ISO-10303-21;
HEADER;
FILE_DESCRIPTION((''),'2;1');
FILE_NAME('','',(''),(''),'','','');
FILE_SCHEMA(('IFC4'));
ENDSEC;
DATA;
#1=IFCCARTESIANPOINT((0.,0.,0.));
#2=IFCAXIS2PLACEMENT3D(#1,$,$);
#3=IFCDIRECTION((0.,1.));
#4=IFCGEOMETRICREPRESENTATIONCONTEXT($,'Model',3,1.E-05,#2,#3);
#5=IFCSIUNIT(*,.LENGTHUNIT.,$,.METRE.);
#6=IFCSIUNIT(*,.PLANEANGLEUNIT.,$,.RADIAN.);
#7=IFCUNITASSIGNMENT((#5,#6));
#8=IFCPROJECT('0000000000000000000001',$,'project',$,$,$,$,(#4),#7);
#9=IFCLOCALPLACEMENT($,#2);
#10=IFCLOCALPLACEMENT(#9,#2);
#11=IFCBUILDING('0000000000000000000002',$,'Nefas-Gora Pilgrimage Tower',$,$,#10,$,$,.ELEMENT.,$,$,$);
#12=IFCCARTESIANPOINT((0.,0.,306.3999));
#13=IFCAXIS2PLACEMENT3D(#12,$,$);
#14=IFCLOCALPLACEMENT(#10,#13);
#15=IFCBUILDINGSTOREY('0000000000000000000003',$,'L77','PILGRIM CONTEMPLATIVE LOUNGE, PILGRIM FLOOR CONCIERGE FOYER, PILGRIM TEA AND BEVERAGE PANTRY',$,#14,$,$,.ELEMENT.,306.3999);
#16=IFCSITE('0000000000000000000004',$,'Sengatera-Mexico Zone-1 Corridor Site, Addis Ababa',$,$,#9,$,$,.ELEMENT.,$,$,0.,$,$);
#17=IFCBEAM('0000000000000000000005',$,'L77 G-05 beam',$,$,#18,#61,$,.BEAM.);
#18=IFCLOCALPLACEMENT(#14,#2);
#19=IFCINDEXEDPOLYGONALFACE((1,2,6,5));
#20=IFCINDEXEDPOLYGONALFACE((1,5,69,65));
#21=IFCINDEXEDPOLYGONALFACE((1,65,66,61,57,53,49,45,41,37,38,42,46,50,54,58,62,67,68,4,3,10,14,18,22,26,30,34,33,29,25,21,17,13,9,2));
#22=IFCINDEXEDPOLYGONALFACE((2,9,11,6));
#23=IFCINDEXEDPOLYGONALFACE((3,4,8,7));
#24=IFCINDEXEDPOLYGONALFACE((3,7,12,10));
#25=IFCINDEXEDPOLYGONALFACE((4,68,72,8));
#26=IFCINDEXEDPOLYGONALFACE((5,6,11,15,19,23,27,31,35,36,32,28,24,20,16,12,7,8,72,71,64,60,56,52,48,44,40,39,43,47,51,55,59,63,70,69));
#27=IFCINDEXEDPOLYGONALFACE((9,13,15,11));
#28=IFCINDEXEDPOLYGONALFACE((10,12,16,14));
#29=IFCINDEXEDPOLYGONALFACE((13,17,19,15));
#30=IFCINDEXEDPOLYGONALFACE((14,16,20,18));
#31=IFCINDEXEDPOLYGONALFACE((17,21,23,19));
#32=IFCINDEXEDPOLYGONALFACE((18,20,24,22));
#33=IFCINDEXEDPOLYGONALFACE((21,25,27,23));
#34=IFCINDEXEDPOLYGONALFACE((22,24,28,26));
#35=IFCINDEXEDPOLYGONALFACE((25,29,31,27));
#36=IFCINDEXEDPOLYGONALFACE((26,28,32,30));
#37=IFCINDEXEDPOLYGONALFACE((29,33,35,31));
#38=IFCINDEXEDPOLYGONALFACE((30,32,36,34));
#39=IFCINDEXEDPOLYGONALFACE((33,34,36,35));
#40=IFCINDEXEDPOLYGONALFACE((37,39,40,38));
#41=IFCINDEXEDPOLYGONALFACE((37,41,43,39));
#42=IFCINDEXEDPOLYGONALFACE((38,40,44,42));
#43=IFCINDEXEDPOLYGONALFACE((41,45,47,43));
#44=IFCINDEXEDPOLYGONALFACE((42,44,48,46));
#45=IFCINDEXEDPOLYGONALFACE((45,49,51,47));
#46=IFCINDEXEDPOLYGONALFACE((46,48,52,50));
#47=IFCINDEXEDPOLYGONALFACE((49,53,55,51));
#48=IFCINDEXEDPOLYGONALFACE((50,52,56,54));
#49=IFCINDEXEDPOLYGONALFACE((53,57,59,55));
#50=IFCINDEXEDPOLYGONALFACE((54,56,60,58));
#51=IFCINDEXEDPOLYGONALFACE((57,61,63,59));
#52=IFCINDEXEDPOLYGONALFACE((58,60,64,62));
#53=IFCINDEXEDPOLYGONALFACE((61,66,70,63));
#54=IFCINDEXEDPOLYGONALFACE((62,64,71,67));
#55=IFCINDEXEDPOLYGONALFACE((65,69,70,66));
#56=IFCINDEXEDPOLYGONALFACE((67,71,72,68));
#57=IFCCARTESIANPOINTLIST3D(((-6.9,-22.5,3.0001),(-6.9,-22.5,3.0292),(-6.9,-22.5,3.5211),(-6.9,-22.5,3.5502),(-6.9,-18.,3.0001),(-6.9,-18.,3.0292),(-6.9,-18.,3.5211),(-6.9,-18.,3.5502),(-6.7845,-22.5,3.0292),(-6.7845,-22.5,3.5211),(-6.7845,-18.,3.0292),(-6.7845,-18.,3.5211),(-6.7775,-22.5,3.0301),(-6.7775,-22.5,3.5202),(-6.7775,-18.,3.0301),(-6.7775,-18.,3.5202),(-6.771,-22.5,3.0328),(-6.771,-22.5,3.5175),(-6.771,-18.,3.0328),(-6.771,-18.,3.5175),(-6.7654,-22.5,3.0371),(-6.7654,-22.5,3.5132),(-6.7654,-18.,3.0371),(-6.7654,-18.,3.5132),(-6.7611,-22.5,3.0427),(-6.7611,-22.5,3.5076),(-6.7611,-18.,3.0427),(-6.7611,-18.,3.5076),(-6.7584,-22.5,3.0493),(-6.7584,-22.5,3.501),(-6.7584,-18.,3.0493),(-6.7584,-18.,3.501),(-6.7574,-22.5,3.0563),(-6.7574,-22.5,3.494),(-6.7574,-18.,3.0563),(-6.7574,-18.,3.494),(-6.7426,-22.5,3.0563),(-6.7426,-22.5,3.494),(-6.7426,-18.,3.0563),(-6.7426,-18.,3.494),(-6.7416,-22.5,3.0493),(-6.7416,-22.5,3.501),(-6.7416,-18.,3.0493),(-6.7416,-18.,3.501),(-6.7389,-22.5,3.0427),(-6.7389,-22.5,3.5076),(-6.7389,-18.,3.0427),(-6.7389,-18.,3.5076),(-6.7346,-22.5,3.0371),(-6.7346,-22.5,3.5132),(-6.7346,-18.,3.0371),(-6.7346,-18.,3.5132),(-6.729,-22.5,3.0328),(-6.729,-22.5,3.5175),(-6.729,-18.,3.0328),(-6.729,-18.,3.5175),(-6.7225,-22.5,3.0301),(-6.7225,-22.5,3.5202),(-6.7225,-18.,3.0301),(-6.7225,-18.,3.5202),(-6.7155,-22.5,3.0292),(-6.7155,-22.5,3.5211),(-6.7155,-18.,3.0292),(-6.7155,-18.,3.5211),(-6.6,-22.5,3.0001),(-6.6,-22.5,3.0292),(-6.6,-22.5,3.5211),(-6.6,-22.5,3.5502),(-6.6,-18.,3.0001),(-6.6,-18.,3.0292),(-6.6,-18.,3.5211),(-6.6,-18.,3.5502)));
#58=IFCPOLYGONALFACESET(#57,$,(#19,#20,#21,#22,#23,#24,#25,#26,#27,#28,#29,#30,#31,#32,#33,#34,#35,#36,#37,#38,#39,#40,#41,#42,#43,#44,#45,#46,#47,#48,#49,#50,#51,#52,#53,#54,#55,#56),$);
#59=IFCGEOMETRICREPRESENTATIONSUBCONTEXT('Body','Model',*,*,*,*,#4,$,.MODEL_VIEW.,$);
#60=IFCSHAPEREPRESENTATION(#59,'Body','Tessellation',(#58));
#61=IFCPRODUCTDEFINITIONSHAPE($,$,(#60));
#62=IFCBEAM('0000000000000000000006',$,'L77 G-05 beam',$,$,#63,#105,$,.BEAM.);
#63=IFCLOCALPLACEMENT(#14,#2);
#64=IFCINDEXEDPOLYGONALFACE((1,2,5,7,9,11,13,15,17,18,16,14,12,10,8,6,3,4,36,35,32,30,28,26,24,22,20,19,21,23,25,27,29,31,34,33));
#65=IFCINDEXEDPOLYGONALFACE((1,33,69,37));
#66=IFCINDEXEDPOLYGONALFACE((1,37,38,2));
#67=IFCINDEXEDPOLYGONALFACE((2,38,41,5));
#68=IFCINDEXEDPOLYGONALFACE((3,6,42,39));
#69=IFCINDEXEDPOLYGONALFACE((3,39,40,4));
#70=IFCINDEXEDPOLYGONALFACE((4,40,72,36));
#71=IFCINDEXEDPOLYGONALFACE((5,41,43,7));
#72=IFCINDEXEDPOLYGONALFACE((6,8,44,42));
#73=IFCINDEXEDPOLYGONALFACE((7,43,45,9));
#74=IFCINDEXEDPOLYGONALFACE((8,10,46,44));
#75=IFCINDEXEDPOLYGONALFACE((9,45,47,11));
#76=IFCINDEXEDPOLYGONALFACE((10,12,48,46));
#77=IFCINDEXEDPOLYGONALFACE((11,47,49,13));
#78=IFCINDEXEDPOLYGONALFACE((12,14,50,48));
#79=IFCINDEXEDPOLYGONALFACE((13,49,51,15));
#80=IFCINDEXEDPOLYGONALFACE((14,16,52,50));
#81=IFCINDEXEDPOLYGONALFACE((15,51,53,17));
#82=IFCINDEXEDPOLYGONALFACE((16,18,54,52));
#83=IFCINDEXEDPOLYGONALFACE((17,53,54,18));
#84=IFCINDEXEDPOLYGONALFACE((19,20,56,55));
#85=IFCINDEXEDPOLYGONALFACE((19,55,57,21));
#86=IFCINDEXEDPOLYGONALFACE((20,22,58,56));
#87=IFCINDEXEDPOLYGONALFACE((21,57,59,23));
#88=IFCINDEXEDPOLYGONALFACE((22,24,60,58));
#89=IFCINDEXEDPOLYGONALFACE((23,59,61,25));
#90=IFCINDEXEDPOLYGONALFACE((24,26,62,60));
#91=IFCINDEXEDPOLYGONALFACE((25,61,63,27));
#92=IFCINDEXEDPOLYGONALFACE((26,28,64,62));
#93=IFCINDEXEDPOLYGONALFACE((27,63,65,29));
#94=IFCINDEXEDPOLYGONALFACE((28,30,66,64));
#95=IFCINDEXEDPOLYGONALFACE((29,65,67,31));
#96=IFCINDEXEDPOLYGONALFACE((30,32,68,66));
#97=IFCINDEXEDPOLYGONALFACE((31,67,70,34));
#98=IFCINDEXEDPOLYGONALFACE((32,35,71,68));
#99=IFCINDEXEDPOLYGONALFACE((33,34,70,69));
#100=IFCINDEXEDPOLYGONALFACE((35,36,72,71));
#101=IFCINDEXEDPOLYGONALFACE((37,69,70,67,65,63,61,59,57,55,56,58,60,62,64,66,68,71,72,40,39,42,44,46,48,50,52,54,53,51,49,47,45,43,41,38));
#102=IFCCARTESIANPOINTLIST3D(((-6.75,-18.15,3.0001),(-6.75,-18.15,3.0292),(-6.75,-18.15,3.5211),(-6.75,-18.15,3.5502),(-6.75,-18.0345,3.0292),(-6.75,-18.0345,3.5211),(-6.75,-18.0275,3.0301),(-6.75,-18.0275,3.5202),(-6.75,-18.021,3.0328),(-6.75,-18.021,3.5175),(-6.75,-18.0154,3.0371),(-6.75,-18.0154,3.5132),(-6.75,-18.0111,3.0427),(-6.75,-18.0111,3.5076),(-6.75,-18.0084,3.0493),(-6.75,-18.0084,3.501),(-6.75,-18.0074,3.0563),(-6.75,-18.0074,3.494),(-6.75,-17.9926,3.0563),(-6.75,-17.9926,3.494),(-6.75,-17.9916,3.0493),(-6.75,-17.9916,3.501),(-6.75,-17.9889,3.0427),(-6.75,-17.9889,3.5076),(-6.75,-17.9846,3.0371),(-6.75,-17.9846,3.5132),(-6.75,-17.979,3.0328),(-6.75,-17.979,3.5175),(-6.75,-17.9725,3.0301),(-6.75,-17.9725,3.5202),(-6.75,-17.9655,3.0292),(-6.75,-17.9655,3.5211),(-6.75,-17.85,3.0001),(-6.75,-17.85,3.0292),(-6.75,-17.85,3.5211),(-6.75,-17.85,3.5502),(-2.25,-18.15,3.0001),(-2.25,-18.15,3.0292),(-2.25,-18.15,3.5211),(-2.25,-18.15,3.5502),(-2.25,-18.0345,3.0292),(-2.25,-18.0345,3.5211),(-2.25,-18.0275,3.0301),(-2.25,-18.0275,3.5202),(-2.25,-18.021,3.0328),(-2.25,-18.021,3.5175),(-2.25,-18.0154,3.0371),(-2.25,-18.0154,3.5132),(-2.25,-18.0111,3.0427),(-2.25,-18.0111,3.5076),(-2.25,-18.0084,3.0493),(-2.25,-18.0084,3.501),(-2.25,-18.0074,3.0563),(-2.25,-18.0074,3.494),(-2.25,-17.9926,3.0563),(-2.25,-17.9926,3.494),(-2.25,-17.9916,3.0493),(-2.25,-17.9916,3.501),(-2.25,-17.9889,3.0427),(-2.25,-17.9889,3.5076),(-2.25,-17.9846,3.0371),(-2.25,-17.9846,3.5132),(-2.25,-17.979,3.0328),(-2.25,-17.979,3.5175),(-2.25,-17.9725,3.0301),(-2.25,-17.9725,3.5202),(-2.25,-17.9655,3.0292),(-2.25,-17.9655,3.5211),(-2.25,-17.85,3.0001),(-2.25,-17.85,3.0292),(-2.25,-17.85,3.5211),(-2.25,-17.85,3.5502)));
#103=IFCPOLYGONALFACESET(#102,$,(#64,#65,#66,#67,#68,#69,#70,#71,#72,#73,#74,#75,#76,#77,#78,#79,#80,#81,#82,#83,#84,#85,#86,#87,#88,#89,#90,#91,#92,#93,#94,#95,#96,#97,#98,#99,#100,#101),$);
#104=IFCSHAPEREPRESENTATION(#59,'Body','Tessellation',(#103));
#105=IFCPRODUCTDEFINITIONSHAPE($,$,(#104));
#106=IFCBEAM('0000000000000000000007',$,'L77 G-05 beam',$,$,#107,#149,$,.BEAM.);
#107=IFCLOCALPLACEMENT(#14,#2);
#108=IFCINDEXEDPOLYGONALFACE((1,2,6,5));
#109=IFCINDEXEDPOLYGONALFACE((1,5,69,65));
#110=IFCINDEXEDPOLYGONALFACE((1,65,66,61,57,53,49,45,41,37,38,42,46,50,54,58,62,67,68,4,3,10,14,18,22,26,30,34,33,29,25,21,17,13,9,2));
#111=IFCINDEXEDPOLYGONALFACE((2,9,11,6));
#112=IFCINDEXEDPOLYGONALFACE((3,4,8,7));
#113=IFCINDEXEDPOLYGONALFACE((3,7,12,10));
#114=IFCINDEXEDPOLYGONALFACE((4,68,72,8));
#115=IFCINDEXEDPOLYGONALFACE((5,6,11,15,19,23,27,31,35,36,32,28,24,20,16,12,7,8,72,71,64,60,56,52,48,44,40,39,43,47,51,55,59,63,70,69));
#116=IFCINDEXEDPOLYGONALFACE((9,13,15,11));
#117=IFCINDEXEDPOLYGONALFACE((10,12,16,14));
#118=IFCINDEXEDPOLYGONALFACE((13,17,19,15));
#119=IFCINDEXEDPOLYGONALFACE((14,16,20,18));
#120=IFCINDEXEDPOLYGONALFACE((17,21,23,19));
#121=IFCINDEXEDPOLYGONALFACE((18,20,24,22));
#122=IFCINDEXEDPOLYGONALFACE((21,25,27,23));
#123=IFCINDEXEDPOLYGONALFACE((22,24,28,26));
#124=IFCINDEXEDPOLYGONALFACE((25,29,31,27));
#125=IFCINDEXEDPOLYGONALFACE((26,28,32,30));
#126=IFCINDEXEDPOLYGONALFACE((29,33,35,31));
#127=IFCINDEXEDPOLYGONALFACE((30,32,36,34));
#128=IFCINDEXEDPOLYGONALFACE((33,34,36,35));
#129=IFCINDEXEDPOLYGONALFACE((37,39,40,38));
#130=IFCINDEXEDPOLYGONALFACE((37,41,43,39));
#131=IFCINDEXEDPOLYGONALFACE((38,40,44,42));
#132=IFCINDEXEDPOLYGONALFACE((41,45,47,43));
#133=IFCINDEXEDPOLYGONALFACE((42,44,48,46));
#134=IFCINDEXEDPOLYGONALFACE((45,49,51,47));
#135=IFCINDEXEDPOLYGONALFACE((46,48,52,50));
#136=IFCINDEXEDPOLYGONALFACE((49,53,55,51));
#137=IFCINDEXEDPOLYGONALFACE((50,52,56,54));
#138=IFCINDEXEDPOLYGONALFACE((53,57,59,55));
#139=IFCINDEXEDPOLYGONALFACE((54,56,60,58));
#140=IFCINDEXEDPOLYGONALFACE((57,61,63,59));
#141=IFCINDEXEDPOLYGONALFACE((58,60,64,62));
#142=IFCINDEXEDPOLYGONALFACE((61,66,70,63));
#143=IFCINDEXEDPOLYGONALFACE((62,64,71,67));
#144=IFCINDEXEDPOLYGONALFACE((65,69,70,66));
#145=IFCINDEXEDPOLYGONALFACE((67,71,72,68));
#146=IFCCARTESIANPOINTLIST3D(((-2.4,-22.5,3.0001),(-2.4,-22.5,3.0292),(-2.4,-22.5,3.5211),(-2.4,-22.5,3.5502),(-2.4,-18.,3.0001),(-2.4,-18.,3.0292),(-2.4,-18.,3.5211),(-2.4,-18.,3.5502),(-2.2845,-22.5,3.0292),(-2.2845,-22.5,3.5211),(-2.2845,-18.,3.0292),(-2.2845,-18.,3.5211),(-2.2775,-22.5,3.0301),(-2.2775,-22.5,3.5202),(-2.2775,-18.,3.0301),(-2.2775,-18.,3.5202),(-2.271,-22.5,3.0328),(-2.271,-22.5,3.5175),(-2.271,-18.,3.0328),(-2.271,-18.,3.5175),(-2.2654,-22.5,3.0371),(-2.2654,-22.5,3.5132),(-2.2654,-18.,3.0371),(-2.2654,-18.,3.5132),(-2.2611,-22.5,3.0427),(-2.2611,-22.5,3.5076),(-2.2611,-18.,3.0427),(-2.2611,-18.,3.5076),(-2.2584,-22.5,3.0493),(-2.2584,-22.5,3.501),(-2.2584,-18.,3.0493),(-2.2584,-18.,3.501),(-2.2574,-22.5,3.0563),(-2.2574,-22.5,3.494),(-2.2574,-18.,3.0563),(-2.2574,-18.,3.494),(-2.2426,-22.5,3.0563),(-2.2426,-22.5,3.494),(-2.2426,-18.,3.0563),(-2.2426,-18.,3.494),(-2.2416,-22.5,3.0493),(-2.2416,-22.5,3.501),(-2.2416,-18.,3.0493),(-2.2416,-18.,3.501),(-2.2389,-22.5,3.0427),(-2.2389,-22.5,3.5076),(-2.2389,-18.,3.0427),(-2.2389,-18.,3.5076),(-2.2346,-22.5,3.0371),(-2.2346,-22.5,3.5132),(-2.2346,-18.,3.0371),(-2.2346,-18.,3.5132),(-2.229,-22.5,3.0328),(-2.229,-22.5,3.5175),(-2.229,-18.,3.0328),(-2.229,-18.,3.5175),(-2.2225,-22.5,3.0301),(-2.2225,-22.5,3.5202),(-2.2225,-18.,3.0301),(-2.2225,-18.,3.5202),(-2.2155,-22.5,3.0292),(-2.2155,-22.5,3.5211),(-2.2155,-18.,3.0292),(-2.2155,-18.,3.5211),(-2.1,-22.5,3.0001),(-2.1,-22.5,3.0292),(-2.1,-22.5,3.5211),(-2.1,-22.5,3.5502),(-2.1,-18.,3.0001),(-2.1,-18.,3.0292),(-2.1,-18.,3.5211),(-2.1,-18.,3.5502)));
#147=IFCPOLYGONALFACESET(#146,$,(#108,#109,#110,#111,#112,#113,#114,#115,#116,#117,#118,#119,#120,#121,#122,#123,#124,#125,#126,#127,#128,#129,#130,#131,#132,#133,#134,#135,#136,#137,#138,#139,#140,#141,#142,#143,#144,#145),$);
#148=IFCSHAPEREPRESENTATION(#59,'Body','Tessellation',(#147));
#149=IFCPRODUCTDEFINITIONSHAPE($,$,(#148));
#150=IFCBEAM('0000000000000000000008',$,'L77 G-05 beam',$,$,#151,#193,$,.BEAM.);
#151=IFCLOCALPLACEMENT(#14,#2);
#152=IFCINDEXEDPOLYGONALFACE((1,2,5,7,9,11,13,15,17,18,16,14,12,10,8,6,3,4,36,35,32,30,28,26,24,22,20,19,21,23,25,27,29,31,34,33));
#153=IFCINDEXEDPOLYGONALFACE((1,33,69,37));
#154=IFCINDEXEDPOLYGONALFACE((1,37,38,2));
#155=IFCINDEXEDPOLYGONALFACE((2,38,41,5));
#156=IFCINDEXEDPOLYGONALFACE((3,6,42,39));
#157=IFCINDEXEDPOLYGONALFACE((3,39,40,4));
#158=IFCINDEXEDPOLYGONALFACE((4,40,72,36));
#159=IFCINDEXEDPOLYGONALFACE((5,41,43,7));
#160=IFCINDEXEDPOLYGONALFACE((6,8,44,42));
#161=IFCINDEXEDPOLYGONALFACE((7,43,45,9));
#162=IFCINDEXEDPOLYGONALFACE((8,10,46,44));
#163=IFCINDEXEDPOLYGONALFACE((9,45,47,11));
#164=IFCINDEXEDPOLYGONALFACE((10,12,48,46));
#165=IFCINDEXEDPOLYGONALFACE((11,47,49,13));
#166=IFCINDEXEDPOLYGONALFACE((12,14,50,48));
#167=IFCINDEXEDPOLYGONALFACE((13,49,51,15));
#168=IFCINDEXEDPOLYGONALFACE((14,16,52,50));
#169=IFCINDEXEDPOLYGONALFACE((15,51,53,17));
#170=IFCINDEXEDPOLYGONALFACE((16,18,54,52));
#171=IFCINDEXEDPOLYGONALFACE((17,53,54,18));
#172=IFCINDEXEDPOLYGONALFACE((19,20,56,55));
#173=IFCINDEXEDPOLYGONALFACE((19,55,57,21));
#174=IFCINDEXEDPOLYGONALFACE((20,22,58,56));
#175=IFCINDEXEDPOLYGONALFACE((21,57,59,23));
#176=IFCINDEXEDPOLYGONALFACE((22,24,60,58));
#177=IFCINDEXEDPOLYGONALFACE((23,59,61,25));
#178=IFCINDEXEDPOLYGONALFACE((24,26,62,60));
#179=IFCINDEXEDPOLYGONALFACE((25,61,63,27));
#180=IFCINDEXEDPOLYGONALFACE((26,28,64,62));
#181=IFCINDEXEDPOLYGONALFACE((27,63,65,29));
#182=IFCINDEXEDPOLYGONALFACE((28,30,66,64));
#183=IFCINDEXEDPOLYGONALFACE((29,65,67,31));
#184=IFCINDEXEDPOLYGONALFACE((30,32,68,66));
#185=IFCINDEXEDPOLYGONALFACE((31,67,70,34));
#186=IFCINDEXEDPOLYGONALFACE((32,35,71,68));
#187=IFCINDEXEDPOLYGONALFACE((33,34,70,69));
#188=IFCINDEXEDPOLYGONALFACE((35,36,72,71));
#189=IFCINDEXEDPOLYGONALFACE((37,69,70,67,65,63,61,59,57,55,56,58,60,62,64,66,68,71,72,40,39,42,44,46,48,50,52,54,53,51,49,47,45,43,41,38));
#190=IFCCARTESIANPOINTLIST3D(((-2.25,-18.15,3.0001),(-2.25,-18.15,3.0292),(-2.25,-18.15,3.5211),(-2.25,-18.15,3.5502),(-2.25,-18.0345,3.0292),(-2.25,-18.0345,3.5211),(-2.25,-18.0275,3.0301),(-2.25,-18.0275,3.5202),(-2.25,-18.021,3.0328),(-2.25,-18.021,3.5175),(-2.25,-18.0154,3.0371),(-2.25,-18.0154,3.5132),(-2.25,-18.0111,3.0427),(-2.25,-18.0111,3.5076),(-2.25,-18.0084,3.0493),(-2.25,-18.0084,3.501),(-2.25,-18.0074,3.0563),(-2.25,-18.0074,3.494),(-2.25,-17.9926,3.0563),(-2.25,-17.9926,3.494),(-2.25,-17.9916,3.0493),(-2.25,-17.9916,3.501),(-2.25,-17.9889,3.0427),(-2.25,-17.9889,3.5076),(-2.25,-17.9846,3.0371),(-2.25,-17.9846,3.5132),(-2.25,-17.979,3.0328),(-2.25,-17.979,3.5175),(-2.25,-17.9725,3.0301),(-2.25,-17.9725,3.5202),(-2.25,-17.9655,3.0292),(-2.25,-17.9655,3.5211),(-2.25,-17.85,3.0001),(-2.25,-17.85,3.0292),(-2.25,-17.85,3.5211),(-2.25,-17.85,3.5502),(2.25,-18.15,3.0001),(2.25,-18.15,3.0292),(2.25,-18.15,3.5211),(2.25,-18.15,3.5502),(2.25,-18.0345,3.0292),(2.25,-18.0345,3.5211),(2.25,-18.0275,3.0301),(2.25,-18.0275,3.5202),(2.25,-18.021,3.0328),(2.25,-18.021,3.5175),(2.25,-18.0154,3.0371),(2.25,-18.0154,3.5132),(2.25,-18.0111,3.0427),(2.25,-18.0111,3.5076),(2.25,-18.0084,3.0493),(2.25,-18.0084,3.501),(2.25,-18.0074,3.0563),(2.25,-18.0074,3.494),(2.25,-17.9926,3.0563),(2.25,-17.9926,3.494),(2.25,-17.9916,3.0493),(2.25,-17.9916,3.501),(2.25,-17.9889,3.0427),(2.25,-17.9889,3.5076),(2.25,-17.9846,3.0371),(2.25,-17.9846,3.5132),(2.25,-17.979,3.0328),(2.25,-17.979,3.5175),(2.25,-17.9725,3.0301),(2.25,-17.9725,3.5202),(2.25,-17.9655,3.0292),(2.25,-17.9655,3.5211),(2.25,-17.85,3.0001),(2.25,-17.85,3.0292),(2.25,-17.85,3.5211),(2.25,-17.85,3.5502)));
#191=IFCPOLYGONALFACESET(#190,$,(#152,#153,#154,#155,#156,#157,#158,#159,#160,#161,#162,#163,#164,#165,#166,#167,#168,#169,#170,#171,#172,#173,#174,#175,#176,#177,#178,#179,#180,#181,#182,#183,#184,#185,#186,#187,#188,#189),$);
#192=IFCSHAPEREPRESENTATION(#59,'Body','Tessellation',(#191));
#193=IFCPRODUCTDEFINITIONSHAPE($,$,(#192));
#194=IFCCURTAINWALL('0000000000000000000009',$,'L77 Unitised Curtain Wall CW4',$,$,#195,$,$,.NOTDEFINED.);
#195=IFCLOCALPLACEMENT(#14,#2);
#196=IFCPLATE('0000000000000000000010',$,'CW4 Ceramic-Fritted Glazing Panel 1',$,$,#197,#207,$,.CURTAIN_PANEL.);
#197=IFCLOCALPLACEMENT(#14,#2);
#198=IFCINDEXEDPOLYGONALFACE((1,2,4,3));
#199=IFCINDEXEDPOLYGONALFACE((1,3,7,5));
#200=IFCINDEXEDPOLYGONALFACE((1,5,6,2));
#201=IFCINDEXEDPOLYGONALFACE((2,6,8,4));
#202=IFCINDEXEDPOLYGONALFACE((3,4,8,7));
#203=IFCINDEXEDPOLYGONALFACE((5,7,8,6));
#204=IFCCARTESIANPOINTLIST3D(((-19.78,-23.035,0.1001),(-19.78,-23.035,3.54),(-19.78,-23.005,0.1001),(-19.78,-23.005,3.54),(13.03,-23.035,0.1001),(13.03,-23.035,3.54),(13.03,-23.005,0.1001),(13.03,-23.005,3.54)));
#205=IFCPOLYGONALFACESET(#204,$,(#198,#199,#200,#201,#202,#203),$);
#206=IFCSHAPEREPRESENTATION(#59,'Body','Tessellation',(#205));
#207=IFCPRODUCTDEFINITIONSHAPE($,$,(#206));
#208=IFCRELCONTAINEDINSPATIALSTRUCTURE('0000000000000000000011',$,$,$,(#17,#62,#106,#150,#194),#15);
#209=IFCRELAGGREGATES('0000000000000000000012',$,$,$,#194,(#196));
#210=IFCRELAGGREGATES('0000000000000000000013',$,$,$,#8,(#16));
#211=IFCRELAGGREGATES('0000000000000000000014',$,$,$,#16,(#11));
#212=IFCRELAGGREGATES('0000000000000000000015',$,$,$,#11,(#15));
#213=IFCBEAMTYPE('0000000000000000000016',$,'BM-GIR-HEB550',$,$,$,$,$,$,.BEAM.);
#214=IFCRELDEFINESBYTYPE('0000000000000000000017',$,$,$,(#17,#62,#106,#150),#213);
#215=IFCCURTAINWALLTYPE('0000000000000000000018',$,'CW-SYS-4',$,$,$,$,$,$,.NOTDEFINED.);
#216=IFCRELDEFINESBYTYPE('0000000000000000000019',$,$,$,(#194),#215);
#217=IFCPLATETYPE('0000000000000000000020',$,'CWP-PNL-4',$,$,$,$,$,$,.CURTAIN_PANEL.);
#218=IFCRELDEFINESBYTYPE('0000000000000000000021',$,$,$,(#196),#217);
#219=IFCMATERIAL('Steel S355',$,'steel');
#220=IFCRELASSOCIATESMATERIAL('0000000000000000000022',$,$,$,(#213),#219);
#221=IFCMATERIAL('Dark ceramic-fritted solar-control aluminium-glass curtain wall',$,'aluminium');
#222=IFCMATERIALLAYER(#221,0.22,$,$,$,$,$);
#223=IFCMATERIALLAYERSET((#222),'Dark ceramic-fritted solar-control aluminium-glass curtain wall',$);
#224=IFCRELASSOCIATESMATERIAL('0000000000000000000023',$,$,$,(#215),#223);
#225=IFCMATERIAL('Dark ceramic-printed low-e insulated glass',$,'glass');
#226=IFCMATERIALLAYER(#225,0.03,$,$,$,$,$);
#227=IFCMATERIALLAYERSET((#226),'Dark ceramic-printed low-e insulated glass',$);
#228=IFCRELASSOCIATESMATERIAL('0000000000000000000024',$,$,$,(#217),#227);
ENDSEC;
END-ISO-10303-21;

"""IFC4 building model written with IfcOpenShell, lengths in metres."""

from ifc_helpers import new_model, si_unit, direction, frame, origin, origin_2d, place, context, subcontext, project, spatial, rectangle, i_section, extrude, source, transform, mapped, material, layer, layer_set, material_profile, profile_set, type_object, element, aggregate, save


model = new_model("IFC4")

# Units and contexts
model_context = context("Model", 3, precision=1e-05, world=origin(), true_north=direction((0.0, 1.0)))
body_context = subcontext(model_context, "Body", "Model", "MODEL_VIEW")
ifc_project = project(units=[si_unit("LENGTHUNIT", "METRE"), si_unit("PLANEANGLEUNIT", "RADIAN")], contexts=[model_context])

# Site, building, storey
site_placement = place(None, origin())
site = spatial("IfcSite", under=ifc_project, at=site_placement, Name="Sengatera-Mexico Zone-1 Corridor Site, Addis Ababa", CompositionType="ELEMENT", RefElevation=0.0)
building_placement = place(site_placement, origin())
building = spatial("IfcBuilding", under=site, at=building_placement, Name="Nefas-Gora Pilgrimage Tower", CompositionType="ELEMENT")
storey_placement = place(building_placement, frame((0.0, 0.0, 306.3999)))
storey = spatial("IfcBuildingStorey", under=building, at=storey_placement, Name="L77", Description="PILGRIM CONTEMPLATIVE LOUNGE, PILGRIM FLOOR CONCIERGE FOYER, PILGRIM TEA AND BEVERAGE PANTRY", CompositionType="ELEMENT", Elevation=306.3999)

# Shared definitions
ifc_material_1 = material(Name="Steel S355", Category="steel")

# Beams
ifc_material_profile_1 = material_profile(ifc_material_1, i_section(OverallWidth=0.3, OverallDepth=0.55, WebThickness=0.0149, FlangeThickness=0.0291, FilletRadius=0.0271, at=origin_2d()), Name="HEB 550")
ifc_profile_set_1 = profile_set([ifc_material_profile_1], Name="Steel S355")
beam_type_1 = type_object("IfcBeamType", Name="BM-GIR-HEB550", PredefinedType="BEAM", material=ifc_profile_set_1)
shared_shape_1 = source(origin(), body_context, "Body", "SweptSolid", [
    extrude(i_section(OverallWidth=0.3, OverallDepth=0.55, WebThickness=0.0149, FlangeThickness=0.0291, FilletRadius=0.0271, at=origin_2d()), origin(), (0.0, 0.0, 1.0), 4.5),
])
for number, where, z_axis, x_axis, name in (
    (1, (-6.75, -22.5, 3.2751), (0.0, 1.0, 0.0), (-1.0, 0.0, 0.0), "L77 G-05 beam"),
    (2, (-6.75, -18.0, 3.2751), (1.0, 0.0, 0.0), (0.0, 1.0, 0.0), "L77 G-05 beam"),
    (3, (-2.25, -22.5, 3.2751), (0.0, 1.0, 0.0), (-1.0, 0.0, 0.0), "L77 G-05 beam"),
    (4, (-2.25, -18.0, 3.2751), (1.0, 0.0, 0.0), (0.0, 1.0, 0.0), "L77 G-05 beam"),
):
    element("IfcBeam", number, at=place(storey_placement, frame(where, z_axis=z_axis, x_axis=x_axis)), inside=storey, type_object=beam_type_1, Name=name, PredefinedType="BEAM", context=body_context, shape_type="MappedRepresentation", body=[
        mapped(shared_shape_1, transform((0.0, 0.0, 0.0), x_axis=(1.0, 0.0, 0.0), y_axis=(0.0, 1.0, 0.0), z_axis=(0.0, 0.0, 1.0), scale=1.0)),
    ])

# Curtain wall, plate
ifc_material_2 = material(Name="Dark ceramic-fritted solar-control aluminium-glass curtain wall", Category="aluminium")
ifc_layer_1 = layer(ifc_material_2, 0.22)
ifc_layer_set_1 = layer_set([ifc_layer_1], Name="Dark ceramic-fritted solar-control aluminium-glass curtain wall")
curtain_wall_type = type_object("IfcCurtainWallType", Name="CW-SYS-4", PredefinedType="NOTDEFINED", material=ifc_layer_set_1)
curtain_wall_placement = place(storey_placement, origin())
curtain_wall = element("IfcCurtainWall", 5, at=curtain_wall_placement, inside=storey, type_object=curtain_wall_type, Name="L77 Unitised Curtain Wall CW4", PredefinedType="NOTDEFINED")
ifc_material_3 = material(Name="Dark ceramic-printed low-e insulated glass", Category="glass")
ifc_layer_2 = layer(ifc_material_3, 0.03)
ifc_layer_set_2 = layer_set([ifc_layer_2], Name="Dark ceramic-printed low-e insulated glass")
plate_type = type_object("IfcPlateType", Name="CWP-PNL-4", PredefinedType="CURTAIN_PANEL", material=ifc_layer_set_2)
shared_shape_2 = source(origin(), body_context, "Body", "SweptSolid", [
    extrude(rectangle(XDim=32.8101, YDim=0.03, at=origin_2d()), origin(), (0.0, 0.0, 1.0), 3.4399),
])
plate_placement = place(storey_placement, frame((-3.375, -23.02, 0.1001), z_axis=(0.0, 0.0, 1.0), x_axis=(1.0, 0.0, 0.0)))
plate = element("IfcPlate", 6, at=plate_placement, type_object=plate_type, Name="CW4 Ceramic-Fritted Glazing Panel 1", PredefinedType="CURTAIN_PANEL", context=body_context, shape_type="MappedRepresentation", body=[
    mapped(shared_shape_2, transform((0.0, 0.0, 0.0), x_axis=(1.0, 0.0, 0.0), y_axis=(0.0, 1.0, 0.0), z_axis=(0.0, 0.0, 1.0), scale=1.0)),
])
aggregate(curtain_wall, [plate])

save(model, "model.ifc")
